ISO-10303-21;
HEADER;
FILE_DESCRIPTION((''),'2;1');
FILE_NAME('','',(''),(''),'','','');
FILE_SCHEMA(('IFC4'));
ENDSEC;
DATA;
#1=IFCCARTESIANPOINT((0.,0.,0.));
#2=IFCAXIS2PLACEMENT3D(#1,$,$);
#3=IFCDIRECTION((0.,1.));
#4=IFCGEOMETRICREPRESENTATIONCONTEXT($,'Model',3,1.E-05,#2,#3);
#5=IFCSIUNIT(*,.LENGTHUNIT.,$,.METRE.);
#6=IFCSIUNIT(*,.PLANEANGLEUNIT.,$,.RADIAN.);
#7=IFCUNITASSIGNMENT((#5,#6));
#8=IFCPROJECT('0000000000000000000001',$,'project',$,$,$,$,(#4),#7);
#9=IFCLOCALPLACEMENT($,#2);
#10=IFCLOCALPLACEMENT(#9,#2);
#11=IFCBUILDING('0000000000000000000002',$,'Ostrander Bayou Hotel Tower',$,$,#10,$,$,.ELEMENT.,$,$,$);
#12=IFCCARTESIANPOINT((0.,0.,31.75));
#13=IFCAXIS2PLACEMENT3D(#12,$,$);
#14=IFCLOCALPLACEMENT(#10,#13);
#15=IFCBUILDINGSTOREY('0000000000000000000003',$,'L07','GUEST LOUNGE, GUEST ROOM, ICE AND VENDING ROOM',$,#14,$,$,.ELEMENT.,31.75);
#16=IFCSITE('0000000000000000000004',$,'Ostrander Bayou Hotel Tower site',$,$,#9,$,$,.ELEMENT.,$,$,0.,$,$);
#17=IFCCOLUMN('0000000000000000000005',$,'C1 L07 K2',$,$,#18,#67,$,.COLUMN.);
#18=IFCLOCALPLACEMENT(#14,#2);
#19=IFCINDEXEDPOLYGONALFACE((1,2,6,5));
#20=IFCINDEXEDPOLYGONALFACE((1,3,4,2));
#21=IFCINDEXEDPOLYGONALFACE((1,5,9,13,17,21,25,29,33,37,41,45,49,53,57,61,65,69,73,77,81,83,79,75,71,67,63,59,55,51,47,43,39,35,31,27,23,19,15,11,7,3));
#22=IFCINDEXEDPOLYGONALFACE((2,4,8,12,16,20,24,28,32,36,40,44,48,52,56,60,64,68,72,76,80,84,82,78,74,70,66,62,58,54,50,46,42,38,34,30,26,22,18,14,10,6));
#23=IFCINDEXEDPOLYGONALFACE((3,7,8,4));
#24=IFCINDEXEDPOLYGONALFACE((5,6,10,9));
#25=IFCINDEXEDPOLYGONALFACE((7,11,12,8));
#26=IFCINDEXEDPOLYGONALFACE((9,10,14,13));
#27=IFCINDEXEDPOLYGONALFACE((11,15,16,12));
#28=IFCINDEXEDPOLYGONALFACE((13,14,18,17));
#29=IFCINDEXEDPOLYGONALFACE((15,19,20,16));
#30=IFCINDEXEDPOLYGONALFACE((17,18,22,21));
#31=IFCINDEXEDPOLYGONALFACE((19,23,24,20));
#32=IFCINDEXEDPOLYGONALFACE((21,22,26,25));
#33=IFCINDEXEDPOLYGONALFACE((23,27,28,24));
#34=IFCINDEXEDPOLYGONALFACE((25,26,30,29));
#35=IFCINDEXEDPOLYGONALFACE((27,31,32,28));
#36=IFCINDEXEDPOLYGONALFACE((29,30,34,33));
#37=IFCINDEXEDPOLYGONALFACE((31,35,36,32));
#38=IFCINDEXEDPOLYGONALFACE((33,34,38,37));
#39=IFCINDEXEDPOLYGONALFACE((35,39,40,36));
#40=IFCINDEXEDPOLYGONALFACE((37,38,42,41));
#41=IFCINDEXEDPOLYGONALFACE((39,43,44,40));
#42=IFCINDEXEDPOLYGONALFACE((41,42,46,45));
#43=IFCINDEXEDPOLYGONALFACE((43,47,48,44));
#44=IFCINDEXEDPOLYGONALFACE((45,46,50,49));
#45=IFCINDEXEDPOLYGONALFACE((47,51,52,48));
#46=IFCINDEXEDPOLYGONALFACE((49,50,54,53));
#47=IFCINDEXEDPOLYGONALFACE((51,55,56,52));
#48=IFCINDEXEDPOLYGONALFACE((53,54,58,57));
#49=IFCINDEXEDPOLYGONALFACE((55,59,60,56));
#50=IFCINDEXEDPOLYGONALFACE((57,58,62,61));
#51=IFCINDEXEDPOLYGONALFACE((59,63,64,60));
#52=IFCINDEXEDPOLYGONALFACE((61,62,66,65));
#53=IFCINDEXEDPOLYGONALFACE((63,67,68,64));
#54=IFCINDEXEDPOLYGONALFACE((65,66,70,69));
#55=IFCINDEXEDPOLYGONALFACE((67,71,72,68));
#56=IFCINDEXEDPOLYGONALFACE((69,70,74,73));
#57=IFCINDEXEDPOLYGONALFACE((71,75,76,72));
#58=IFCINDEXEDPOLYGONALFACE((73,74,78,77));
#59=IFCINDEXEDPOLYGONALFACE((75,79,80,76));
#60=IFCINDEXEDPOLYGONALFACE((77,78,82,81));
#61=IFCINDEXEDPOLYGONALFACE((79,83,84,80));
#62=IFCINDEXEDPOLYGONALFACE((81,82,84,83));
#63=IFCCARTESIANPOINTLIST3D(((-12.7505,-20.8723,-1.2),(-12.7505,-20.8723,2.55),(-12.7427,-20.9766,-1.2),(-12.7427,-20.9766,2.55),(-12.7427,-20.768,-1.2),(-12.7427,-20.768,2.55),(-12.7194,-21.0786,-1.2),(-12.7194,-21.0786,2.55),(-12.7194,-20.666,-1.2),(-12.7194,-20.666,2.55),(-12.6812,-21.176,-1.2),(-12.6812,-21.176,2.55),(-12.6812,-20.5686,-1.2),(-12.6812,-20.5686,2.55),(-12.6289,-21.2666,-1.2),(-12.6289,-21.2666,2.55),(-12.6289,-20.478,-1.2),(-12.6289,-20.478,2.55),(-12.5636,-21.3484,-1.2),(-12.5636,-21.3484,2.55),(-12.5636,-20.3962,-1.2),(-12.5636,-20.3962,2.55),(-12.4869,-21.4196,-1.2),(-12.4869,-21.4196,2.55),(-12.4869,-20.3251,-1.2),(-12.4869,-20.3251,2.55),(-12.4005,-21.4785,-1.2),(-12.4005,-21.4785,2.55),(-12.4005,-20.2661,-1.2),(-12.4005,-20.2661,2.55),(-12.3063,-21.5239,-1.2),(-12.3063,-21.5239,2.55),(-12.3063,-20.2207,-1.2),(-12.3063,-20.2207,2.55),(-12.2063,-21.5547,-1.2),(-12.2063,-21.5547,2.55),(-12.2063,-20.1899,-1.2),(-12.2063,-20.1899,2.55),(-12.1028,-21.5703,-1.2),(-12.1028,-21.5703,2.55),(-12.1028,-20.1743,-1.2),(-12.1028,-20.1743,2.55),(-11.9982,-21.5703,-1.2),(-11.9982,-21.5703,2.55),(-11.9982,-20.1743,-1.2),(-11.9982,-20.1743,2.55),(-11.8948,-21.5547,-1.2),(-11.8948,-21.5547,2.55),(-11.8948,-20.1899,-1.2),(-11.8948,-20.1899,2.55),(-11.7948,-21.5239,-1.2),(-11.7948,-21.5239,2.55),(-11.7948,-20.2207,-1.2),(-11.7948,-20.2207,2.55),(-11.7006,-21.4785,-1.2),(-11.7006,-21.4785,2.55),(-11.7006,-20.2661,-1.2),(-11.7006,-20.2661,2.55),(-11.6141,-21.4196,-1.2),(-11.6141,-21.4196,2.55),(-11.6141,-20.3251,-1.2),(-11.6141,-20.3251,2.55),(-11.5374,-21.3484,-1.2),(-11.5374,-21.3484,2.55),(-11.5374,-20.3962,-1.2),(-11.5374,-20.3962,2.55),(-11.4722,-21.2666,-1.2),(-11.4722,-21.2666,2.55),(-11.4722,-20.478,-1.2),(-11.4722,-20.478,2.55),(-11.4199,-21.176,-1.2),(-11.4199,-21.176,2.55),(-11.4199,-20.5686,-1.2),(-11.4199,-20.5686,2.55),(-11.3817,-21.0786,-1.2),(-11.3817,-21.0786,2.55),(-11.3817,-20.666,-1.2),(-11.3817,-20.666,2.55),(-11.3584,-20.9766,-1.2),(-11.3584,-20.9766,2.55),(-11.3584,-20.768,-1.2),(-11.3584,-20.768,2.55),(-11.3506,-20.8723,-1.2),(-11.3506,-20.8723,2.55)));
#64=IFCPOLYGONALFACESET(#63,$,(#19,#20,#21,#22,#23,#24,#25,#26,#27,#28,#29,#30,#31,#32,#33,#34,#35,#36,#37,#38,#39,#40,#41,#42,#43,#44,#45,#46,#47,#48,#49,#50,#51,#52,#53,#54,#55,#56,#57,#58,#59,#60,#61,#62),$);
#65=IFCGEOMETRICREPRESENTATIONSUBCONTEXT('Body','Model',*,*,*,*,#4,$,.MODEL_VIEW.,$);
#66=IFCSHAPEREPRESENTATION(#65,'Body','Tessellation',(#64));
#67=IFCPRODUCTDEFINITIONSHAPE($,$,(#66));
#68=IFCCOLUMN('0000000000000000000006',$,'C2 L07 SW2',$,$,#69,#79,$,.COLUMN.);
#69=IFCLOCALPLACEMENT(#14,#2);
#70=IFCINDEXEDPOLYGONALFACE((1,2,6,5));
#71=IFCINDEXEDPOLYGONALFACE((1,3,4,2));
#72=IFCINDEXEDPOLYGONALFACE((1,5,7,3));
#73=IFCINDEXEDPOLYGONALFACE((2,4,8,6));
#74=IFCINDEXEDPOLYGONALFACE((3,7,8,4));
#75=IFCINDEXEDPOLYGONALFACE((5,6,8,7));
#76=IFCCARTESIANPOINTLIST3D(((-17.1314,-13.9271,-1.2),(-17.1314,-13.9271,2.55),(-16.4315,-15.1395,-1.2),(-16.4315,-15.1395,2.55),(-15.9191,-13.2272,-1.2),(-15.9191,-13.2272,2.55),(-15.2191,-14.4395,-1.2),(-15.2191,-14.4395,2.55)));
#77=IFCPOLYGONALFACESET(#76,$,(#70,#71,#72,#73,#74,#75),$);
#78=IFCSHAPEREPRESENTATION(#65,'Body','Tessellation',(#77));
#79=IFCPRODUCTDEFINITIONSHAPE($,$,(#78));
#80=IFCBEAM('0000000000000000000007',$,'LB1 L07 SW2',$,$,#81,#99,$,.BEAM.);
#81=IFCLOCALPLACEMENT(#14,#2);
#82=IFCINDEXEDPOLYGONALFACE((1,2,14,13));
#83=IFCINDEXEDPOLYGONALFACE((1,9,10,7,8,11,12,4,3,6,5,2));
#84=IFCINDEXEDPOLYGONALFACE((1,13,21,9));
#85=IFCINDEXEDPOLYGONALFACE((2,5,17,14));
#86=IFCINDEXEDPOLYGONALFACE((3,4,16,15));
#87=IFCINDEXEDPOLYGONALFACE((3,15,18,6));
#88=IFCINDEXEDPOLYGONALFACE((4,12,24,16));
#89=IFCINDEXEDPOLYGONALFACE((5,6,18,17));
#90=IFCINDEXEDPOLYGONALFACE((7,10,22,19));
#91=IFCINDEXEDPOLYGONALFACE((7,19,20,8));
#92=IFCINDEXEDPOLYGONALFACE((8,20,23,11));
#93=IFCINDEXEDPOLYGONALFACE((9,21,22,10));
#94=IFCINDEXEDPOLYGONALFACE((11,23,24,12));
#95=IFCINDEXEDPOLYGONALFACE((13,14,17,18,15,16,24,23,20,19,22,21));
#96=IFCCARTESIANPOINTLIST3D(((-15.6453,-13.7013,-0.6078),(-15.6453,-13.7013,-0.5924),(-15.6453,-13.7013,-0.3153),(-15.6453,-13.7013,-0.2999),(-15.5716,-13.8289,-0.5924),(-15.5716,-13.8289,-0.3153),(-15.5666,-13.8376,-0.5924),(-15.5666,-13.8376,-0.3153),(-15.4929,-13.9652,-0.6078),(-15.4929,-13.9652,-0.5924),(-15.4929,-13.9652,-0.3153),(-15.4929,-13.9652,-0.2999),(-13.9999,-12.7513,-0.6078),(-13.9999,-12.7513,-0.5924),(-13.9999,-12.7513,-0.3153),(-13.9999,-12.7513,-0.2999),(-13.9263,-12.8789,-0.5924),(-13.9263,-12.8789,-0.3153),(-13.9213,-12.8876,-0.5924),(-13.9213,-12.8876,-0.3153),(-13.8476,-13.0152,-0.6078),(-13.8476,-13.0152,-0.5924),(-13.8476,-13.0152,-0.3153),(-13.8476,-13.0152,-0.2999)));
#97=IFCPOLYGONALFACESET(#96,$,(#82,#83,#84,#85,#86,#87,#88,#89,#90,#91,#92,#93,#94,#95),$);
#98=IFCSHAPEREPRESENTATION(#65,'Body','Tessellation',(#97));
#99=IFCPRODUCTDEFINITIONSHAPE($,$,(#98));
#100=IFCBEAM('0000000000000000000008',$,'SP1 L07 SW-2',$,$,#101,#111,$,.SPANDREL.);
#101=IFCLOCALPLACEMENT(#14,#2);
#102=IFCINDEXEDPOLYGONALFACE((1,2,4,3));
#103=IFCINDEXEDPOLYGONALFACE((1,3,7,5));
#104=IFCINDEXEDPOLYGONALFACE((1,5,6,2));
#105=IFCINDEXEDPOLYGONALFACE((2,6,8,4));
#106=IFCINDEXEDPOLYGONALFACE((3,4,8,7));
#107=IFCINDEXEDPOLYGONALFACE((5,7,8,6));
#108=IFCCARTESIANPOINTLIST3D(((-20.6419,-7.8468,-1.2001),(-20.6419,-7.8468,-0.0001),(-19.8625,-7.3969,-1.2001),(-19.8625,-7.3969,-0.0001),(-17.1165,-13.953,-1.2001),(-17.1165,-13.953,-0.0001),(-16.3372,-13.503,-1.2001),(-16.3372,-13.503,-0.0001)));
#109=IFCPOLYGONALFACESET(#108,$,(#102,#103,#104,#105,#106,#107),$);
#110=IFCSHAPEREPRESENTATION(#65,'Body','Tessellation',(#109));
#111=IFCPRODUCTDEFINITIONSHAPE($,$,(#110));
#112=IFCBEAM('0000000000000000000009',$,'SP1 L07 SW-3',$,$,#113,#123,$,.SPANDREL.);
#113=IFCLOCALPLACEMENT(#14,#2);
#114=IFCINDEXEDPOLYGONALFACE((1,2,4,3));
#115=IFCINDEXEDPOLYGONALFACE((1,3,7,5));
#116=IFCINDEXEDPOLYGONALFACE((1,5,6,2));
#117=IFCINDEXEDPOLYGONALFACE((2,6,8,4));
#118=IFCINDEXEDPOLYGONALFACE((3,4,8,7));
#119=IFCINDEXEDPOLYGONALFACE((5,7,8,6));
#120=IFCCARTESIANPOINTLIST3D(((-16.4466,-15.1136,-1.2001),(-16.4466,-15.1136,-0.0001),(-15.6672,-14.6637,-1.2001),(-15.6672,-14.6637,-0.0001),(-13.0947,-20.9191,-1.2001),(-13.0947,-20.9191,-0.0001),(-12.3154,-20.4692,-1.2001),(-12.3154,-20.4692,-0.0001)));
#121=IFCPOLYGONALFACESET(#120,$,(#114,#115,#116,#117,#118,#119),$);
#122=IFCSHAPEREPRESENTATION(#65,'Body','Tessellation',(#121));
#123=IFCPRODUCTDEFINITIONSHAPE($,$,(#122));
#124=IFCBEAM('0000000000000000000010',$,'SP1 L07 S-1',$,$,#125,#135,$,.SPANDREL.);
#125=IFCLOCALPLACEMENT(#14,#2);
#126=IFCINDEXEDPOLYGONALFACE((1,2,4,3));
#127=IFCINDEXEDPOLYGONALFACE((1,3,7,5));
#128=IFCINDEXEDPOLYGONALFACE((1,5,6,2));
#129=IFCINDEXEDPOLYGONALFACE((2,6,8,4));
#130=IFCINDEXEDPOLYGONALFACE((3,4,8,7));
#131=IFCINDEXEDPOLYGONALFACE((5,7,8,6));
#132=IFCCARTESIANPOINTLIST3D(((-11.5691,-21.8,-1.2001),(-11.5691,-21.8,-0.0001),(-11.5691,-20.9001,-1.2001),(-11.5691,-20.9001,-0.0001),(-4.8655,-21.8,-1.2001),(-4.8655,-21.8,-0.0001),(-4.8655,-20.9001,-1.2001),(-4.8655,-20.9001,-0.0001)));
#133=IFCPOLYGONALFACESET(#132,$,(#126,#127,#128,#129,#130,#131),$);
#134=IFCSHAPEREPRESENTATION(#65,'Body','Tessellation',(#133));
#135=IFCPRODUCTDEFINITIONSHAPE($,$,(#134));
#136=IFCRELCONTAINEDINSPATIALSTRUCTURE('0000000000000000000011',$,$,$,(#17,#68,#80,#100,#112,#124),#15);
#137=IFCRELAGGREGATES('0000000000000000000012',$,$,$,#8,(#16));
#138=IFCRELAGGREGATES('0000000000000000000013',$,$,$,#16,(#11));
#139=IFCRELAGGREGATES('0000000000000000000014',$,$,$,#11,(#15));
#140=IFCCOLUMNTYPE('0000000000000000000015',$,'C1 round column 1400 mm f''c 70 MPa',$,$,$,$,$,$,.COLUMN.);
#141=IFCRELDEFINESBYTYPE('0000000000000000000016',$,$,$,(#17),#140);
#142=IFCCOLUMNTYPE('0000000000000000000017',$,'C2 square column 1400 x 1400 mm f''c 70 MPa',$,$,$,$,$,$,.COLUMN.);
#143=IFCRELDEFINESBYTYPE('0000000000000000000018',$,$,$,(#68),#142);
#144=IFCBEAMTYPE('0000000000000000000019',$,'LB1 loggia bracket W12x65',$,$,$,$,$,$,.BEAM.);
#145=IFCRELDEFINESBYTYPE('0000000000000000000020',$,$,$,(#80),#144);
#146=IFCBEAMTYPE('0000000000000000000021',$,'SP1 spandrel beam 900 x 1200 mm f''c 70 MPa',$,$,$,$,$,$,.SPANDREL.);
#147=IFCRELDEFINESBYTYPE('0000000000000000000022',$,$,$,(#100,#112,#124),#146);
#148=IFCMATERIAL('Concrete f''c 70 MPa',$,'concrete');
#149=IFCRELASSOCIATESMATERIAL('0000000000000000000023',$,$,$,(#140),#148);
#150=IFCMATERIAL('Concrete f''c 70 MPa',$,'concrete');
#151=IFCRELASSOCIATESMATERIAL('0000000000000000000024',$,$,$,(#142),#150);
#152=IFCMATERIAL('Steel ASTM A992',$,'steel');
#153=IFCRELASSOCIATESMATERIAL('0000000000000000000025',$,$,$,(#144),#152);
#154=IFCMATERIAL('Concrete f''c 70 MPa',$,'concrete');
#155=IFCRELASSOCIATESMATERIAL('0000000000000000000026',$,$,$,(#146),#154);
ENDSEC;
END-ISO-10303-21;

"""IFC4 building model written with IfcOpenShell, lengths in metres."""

from ifc_helpers import new_model, si_unit, direction, frame, origin, origin_2d, place, context, subcontext, project, spatial, rectangle, circle, i_section, extrude, material, material_profile, profile_set, type_object, element, save


model = new_model("IFC4")

# Units and contexts
model_context = context("Model", 3, precision=1e-05, world=origin(), true_north=direction((0.0, 1.0)))
body_context = subcontext(model_context, "Body", "Model", "MODEL_VIEW")
ifc_project = project(units=[si_unit("LENGTHUNIT", "METRE"), si_unit("PLANEANGLEUNIT", "RADIAN")], contexts=[model_context])

# Site, building, storey
site_placement = place(None, origin())
site = spatial("IfcSite", under=ifc_project, at=site_placement, Name="Ostrander Bayou Hotel Tower site", CompositionType="ELEMENT", RefElevation=0.0)
building_placement = place(site_placement, origin())
building = spatial("IfcBuilding", under=site, at=building_placement, Name="Ostrander Bayou Hotel Tower", CompositionType="ELEMENT")
storey_placement = place(building_placement, frame((0.0, 0.0, 31.75)))
storey = spatial("IfcBuildingStorey", under=building, at=storey_placement, Name="L07", Description="GUEST LOUNGE, GUEST ROOM, ICE AND VENDING ROOM", CompositionType="ELEMENT", Elevation=31.75)

# Columns
ifc_material_1 = material(Name="Concrete f'c 70 MPa", Category="concrete")
ifc_material_profile_1 = material_profile(ifc_material_1, circle(Radius=0.7, at=origin_2d()))
ifc_profile_set_1 = profile_set([ifc_material_profile_1], Name="Concrete f'c 70 MPa")
column_type_1 = type_object("IfcColumnType", Name="C1 round column 1400 mm f'c 70 MPa", PredefinedType="COLUMN", material=ifc_profile_set_1)
column_1_placement = place(storey_placement, frame((-12.0505, -20.8723, -1.2), z_axis=(0.0, 0.0, 1.0), x_axis=(1.0, 0.0, 0.0)))
element("IfcColumn", 1, at=column_1_placement, inside=storey, type_object=column_type_1, Name="C1 L07 K2", PredefinedType="COLUMN", context=body_context, shape_type="SweptSolid", body=[
    extrude(circle(Radius=0.7, at=origin_2d()), origin(), (0.0, 0.0, 1.0), 3.75),
])
ifc_material_2 = material(Name="Concrete f'c 70 MPa", Category="concrete")
ifc_material_profile_2 = material_profile(ifc_material_2, rectangle(XDim=1.3999, YDim=1.3999, at=origin_2d()))
ifc_profile_set_2 = profile_set([ifc_material_profile_2], Name="Concrete f'c 70 MPa")
column_type_2 = type_object("IfcColumnType", Name="C2 square column 1400 x 1400 mm f'c 70 MPa", PredefinedType="COLUMN", material=ifc_profile_set_2)
column_2_placement = place(storey_placement, frame((-16.1753, -14.1833, -1.2), z_axis=(0.0, 0.0, 1.0), x_axis=(-0.5, 0.866025, 0.0)))
element("IfcColumn", 2, at=column_2_placement, inside=storey, type_object=column_type_2, Name="C2 L07 SW2", PredefinedType="COLUMN", context=body_context, shape_type="SweptSolid", body=[
    extrude(rectangle(XDim=1.3999, YDim=1.3999, at=origin_2d()), origin(), (0.0, 0.0, 1.0), 3.75),
])

# Beams
ifc_material_3 = material(Name="Steel ASTM A992", Category="steel")
ifc_material_profile_3 = material_profile(ifc_material_3, i_section(OverallWidth=0.3047, OverallDepth=0.3079, WebThickness=0.01, FlangeThickness=0.0154, at=origin_2d()))
ifc_profile_set_3 = profile_set([ifc_material_profile_3], Name="Steel ASTM A992")
beam_type_1 = type_object("IfcBeamType", Name="LB1 loggia bracket W12x65", PredefinedType="BEAM", material=ifc_profile_set_3)
beam_1_placement = place(storey_placement, frame((-15.5691, -13.8333, -0.4539), z_axis=(0.866012, 0.500023, 0.0), x_axis=(-0.500023, 0.866012, 0.0)))
element("IfcBeam", 3, at=beam_1_placement, inside=storey, type_object=beam_type_1, Name="LB1 L07 SW2", PredefinedType="BEAM", context=body_context, shape_type="SweptSolid", body=[
    extrude(i_section(OverallWidth=0.3047, OverallDepth=0.3079, WebThickness=0.01, FlangeThickness=0.0154, at=origin_2d()), origin(), (0.0, 0.0, 1.0), 1.8999),
])
ifc_material_4 = material(Name="Concrete f'c 70 MPa", Category="concrete")
ifc_material_profile_4 = material_profile(ifc_material_4, rectangle(XDim=0.8999, YDim=1.2, at=origin_2d()))
ifc_profile_set_4 = profile_set([ifc_material_profile_4], Name="Concrete f'c 70 MPa")
beam_type_2 = type_object("IfcBeamType", Name="SP1 spandrel beam 900 x 1200 mm f'c 70 MPa", PredefinedType="SPANDREL", material=ifc_profile_set_4)
beam_2_placement = place(storey_placement, frame((-20.2522, -7.6218, -0.6001), z_axis=(0.499997, -0.866027, 0.0), x_axis=(0.866027, 0.499997, 0.0)))
element("IfcBeam", 4, at=beam_2_placement, inside=storey, type_object=beam_type_2, Name="SP1 L07 SW-2", PredefinedType="SPANDREL", context=body_context, shape_type="SweptSolid", body=[
    extrude(rectangle(XDim=0.8999, YDim=1.2, at=origin_2d()), origin(), (0.0, 0.0, 1.0), 7.0508),
])
for number, where, z_axis, x_axis, name in (
    (5, (-16.0569, -14.8887, -0.6001), (0.500005, -0.866022, 0.0), (0.866022, 0.500005, 0.0), "SP1 L07 SW-3"),
    (6, (-11.5691, -21.3501, -0.6001), (1.0, 0.0, 0.0), (0.0, 1.0, 0.0), "SP1 L07 S-1"),
):
    element("IfcBeam", number, at=place(storey_placement, frame(where, z_axis=z_axis, x_axis=x_axis)), inside=storey, type_object=beam_type_2, Name=name, PredefinedType="SPANDREL", context=body_context, shape_type="SweptSolid", body=[
        extrude(rectangle(XDim=0.8999, YDim=1.2, at=origin_2d()), origin(), (0.0, 0.0, 1.0), 6.7036),
    ])

save(model, "model.ifc")
